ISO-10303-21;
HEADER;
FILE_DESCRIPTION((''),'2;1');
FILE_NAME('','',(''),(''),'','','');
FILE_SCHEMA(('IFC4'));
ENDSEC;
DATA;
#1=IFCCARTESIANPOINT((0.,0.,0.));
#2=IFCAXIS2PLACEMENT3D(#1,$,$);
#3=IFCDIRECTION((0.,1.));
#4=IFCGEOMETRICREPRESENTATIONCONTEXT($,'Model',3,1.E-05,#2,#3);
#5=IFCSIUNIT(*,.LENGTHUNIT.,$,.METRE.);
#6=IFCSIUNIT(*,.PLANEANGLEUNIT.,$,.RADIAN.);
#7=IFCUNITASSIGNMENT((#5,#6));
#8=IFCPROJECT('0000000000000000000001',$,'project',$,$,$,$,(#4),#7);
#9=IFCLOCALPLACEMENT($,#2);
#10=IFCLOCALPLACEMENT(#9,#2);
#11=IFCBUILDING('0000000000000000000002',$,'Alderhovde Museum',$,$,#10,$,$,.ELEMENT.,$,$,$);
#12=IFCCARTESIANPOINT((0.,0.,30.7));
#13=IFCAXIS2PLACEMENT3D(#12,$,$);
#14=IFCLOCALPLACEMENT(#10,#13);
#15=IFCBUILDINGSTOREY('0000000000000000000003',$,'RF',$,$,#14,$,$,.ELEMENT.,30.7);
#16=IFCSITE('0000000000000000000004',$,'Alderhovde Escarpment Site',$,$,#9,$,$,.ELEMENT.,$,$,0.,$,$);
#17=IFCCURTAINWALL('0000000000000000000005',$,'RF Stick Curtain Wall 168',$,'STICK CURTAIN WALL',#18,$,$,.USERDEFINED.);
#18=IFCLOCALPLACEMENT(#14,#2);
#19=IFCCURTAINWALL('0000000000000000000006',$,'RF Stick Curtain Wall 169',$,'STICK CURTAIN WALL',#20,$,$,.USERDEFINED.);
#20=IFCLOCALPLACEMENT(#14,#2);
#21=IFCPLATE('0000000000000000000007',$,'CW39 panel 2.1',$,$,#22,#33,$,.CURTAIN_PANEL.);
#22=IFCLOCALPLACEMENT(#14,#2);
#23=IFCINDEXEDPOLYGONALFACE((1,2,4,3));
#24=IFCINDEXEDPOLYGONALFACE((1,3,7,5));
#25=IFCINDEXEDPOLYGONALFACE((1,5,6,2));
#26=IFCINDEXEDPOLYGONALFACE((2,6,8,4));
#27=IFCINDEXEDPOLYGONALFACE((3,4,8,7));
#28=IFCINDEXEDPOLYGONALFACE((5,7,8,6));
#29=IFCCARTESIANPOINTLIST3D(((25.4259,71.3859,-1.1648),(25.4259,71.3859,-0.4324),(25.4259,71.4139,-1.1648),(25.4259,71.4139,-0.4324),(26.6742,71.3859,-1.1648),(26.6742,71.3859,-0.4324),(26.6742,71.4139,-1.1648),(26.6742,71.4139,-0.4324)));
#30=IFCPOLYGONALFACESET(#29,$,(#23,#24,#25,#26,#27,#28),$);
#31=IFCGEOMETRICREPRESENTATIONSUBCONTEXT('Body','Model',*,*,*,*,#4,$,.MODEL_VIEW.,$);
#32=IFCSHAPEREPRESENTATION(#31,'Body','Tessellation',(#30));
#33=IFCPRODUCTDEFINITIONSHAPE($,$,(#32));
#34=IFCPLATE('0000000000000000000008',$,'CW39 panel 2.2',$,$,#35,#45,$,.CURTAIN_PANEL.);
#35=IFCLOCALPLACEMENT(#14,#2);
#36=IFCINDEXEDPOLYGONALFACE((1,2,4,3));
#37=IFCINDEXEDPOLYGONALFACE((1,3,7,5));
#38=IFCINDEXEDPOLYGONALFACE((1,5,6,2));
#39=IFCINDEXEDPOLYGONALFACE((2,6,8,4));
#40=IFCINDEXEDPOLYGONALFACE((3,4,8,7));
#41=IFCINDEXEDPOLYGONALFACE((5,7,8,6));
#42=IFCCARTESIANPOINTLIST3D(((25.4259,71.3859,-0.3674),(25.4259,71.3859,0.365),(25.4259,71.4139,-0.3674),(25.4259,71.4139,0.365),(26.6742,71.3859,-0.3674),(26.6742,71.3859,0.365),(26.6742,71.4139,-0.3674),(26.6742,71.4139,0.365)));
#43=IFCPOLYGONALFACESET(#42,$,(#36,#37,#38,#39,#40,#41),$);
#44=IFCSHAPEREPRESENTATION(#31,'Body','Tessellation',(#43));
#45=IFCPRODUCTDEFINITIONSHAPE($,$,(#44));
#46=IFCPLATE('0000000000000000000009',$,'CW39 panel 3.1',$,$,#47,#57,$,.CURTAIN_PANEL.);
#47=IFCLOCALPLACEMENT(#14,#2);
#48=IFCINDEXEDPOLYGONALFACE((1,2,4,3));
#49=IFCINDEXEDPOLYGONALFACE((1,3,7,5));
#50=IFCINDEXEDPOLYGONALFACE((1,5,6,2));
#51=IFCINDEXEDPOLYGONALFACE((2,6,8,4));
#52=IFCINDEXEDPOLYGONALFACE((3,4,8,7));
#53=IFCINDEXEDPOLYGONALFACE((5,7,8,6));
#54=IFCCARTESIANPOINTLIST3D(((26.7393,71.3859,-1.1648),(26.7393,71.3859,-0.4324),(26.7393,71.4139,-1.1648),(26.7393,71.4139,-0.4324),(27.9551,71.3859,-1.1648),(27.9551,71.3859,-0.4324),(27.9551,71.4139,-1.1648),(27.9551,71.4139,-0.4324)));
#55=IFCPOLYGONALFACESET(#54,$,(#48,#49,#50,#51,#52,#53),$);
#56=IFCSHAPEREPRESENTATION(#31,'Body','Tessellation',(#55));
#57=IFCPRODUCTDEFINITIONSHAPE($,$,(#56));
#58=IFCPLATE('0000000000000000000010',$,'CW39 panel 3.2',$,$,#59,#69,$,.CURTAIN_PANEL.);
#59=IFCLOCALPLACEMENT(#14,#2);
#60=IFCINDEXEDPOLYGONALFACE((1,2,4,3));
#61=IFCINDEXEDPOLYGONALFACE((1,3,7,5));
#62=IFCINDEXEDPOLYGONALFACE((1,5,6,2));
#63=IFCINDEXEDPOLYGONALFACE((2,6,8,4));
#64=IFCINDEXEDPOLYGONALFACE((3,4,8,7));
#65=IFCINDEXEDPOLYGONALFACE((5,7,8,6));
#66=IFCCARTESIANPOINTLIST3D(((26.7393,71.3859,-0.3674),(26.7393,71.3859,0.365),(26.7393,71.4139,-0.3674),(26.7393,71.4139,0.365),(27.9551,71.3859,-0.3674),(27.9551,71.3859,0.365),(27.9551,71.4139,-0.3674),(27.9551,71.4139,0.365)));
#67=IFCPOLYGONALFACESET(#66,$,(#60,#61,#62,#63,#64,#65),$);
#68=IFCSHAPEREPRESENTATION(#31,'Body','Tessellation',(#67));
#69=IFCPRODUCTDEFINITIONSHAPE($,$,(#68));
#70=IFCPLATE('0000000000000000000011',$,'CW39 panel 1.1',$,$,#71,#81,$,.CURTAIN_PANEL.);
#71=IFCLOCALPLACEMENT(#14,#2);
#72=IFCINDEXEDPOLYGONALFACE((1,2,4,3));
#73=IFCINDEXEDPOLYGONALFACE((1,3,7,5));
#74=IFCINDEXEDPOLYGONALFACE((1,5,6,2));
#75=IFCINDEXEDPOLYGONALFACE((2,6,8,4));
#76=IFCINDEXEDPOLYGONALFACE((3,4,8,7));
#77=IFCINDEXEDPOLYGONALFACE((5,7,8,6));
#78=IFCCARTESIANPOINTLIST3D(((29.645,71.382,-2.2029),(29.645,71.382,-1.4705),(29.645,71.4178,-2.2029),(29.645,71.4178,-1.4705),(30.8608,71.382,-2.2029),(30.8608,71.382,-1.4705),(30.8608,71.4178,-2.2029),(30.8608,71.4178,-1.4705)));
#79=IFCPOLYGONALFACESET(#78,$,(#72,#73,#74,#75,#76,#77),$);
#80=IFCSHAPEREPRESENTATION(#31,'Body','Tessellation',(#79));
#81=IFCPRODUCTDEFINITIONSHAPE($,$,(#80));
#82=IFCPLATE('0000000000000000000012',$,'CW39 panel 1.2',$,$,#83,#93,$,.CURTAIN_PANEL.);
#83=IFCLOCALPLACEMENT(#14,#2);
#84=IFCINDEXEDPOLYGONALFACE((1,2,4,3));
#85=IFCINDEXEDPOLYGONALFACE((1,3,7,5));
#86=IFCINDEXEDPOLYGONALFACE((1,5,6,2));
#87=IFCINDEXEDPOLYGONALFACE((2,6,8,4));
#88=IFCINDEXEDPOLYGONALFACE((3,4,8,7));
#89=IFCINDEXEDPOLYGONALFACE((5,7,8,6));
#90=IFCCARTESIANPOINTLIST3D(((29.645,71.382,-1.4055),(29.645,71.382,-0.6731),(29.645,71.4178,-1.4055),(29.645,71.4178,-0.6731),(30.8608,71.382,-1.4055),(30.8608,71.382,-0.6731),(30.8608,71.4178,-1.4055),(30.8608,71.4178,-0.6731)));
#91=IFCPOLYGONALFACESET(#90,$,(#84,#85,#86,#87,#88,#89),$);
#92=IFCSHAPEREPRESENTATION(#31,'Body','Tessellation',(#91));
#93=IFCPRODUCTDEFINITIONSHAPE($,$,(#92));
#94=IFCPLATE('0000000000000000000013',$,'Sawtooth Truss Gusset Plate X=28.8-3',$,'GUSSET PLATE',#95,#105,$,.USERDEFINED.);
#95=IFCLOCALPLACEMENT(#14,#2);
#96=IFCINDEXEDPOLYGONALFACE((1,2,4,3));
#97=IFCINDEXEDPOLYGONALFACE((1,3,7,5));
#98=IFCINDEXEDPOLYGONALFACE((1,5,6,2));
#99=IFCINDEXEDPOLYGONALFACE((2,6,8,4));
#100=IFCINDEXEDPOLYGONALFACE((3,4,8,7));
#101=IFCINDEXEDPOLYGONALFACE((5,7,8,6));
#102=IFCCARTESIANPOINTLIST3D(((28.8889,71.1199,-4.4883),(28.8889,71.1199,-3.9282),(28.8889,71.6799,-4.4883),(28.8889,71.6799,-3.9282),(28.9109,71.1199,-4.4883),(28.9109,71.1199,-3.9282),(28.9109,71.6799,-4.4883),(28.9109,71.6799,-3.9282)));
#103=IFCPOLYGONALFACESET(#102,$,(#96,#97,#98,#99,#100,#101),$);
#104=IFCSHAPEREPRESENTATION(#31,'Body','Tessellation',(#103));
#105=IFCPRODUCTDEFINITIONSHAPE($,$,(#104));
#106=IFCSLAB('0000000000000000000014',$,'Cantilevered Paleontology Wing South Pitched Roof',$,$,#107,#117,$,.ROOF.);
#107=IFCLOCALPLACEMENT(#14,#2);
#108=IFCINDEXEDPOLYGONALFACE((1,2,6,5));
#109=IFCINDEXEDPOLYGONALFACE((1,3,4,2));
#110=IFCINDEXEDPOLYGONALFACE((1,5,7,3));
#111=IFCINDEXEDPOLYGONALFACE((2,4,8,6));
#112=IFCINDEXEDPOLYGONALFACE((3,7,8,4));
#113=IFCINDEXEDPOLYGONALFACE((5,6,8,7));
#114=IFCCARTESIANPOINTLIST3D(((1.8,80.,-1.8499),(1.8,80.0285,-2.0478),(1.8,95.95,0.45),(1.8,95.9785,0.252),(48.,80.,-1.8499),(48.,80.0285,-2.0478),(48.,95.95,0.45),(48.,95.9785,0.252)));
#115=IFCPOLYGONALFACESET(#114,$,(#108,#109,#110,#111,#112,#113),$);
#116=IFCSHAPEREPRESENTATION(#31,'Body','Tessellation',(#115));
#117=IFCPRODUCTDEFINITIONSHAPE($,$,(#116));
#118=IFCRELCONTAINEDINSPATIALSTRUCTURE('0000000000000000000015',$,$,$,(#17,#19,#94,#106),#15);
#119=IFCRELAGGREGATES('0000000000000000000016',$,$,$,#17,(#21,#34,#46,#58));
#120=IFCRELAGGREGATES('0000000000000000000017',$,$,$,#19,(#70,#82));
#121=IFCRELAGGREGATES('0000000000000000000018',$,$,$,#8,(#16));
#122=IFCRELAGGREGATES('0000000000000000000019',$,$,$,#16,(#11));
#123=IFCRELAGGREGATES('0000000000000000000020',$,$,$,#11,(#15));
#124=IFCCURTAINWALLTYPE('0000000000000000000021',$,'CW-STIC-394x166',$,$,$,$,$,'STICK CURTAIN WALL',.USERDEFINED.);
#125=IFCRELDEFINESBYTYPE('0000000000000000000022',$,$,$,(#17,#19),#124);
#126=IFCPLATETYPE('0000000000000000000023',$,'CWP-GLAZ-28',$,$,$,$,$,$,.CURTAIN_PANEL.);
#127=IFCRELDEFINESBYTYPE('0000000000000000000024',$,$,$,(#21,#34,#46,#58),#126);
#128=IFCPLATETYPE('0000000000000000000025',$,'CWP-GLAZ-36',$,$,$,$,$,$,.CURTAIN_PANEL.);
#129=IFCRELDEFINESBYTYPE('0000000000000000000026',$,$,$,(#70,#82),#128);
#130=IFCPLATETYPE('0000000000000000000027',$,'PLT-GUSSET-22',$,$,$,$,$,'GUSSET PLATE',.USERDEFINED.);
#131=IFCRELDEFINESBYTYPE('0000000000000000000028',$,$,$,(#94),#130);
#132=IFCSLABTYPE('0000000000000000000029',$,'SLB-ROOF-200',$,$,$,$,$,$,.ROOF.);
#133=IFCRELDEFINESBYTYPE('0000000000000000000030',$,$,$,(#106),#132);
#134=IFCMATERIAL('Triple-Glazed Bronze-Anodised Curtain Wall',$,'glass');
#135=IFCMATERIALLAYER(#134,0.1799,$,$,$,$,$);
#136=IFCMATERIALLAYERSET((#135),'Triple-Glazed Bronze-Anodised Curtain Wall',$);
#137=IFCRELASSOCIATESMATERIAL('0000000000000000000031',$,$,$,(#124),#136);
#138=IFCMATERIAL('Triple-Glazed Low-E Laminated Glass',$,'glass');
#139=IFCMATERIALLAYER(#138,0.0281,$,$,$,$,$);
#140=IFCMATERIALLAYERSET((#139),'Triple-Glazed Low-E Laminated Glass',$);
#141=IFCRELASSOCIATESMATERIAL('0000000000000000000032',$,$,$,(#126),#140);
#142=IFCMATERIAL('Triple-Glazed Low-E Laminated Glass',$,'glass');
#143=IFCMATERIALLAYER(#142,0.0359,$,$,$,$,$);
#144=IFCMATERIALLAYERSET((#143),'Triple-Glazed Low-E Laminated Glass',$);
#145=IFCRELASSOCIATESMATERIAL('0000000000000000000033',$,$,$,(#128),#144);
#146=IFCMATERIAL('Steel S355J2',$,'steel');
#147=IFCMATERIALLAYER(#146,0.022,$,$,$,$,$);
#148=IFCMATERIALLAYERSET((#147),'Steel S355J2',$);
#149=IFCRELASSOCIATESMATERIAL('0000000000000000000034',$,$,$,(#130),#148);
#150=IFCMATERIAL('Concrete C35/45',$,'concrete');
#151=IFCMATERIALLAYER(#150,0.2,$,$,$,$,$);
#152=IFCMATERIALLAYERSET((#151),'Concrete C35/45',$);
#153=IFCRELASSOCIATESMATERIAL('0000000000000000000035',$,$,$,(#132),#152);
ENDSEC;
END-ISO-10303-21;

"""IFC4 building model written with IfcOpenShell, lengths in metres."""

from ifc_helpers import new_model, si_unit, direction, frame, origin, origin_2d, place, context, subcontext, project, spatial, polyline, rectangle, outline, extrude, material, layer, layer_set, type_object, element, aggregate, save


model = new_model("IFC4")

# Units and contexts
model_context = context("Model", 3, precision=1e-05, world=origin(), true_north=direction((0.0, 1.0)))
body_context = subcontext(model_context, "Body", "Model", "MODEL_VIEW")
ifc_project = project(units=[si_unit("LENGTHUNIT", "METRE"), si_unit("PLANEANGLEUNIT", "RADIAN")], contexts=[model_context])

# Site, building, storey
site_placement = place(None, origin())
site = spatial("IfcSite", under=ifc_project, at=site_placement, Name="Alderhovde Escarpment Site", CompositionType="ELEMENT", RefElevation=0.0)
building_placement = place(site_placement, origin())
building = spatial("IfcBuilding", under=site, at=building_placement, Name="Alderhovde Museum", CompositionType="ELEMENT")
storey_placement = place(building_placement, frame((0.0, 0.0, 30.7)))
storey = spatial("IfcBuildingStorey", under=building, at=storey_placement, Name="RF", CompositionType="ELEMENT", Elevation=30.7)

# Curtain walls
ifc_material_1 = material(Name="Triple-Glazed Bronze-Anodised Curtain Wall", Category="glass")
ifc_layer_1 = layer(ifc_material_1, 0.1799)
ifc_layer_set_1 = layer_set([ifc_layer_1], Name="Triple-Glazed Bronze-Anodised Curtain Wall")
curtain_wall_type = type_object("IfcCurtainWallType", Name="CW-STIC-394x166", ElementType="STICK CURTAIN WALL", PredefinedType="USERDEFINED", material=ifc_layer_set_1)
curtain_wall_1_placement = place(storey_placement, origin())
curtain_wall_1 = element("IfcCurtainWall", 1, at=curtain_wall_1_placement, inside=storey, type_object=curtain_wall_type, Name="RF Stick Curtain Wall 168", ObjectType="STICK CURTAIN WALL", PredefinedType="USERDEFINED")
curtain_wall_2_placement = place(storey_placement, origin())
curtain_wall_2 = element("IfcCurtainWall", 2, at=curtain_wall_2_placement, inside=storey, type_object=curtain_wall_type, Name="RF Stick Curtain Wall 169", ObjectType="STICK CURTAIN WALL", PredefinedType="USERDEFINED")

# Plates
ifc_material_2 = material(Name="Triple-Glazed Low-E Laminated Glass", Category="glass")
ifc_layer_2 = layer(ifc_material_2, 0.0281)
ifc_layer_set_2 = layer_set([ifc_layer_2], Name="Triple-Glazed Low-E Laminated Glass")
plate_type_1 = type_object("IfcPlateType", Name="CWP-GLAZ-28", PredefinedType="CURTAIN_PANEL", material=ifc_layer_set_2)
plate_1_placement = place(storey_placement, frame((26.05, 71.3999, -1.1648), z_axis=(0.0, 0.0, 1.0), x_axis=(1.0, 0.0, 0.0)))
plate_1 = element("IfcPlate", 3, at=plate_1_placement, type_object=plate_type_1, Name="CW39 panel 2.1", PredefinedType="CURTAIN_PANEL", context=body_context, shape_type="SweptSolid", body=[
    extrude(rectangle(XDim=1.2483, YDim=0.0281, at=origin_2d()), origin(), (0.0, 0.0, 1.0), 0.7324),
])
plate_2_placement = place(storey_placement, frame((26.05, 71.3999, -0.3674), z_axis=(0.0, 0.0, 1.0), x_axis=(1.0, 0.0, 0.0)))
plate_2 = element("IfcPlate", 4, at=plate_2_placement, type_object=plate_type_1, Name="CW39 panel 2.2", PredefinedType="CURTAIN_PANEL", context=body_context, shape_type="SweptSolid", body=[
    extrude(rectangle(XDim=1.2483, YDim=0.0281, at=origin_2d()), origin(), (0.0, 0.0, 1.0), 0.7324),
])
plate_3_placement = place(storey_placement, frame((27.3472, 71.3999, -1.1648), z_axis=(0.0, 0.0, 1.0), x_axis=(1.0, 0.0, 0.0)))
plate_3 = element("IfcPlate", 5, at=plate_3_placement, type_object=plate_type_1, Name="CW39 panel 3.1", PredefinedType="CURTAIN_PANEL", context=body_context, shape_type="SweptSolid", body=[
    extrude(rectangle(XDim=1.2158, YDim=0.0281, at=origin_2d()), origin(), (0.0, 0.0, 1.0), 0.7324),
])
plate_4_placement = place(storey_placement, frame((27.3472, 71.3999, -0.3674), z_axis=(0.0, 0.0, 1.0), x_axis=(1.0, 0.0, 0.0)))
plate_4 = element("IfcPlate", 6, at=plate_4_placement, type_object=plate_type_1, Name="CW39 panel 3.2", PredefinedType="CURTAIN_PANEL", context=body_context, shape_type="SweptSolid", body=[
    extrude(rectangle(XDim=1.2158, YDim=0.0281, at=origin_2d()), origin(), (0.0, 0.0, 1.0), 0.7324),
])
aggregate(curtain_wall_1, [plate_1, plate_2, plate_3, plate_4])
ifc_material_3 = material(Name="Triple-Glazed Low-E Laminated Glass", Category="glass")
ifc_layer_3 = layer(ifc_material_3, 0.0359)
ifc_layer_set_3 = layer_set([ifc_layer_3], Name="Triple-Glazed Low-E Laminated Glass")
plate_type_2 = type_object("IfcPlateType", Name="CWP-GLAZ-36", PredefinedType="CURTAIN_PANEL", material=ifc_layer_set_3)
plate_5_placement = place(storey_placement, frame((30.2529, 71.3999, -2.2029), z_axis=(0.0, 0.0, 1.0), x_axis=(1.0, 0.0, 0.0)))
plate_5 = element("IfcPlate", 7, at=plate_5_placement, type_object=plate_type_2, Name="CW39 panel 1.1", PredefinedType="CURTAIN_PANEL", context=body_context, shape_type="SweptSolid", body=[
    extrude(rectangle(XDim=1.2158, YDim=0.0359, at=origin_2d()), origin(), (0.0, 0.0, 1.0), 0.7324),
])
plate_6_placement = place(storey_placement, frame((30.2529, 71.3999, -1.4055), z_axis=(0.0, 0.0, 1.0), x_axis=(1.0, 0.0, 0.0)))
plate_6 = element("IfcPlate", 8, at=plate_6_placement, type_object=plate_type_2, Name="CW39 panel 1.2", PredefinedType="CURTAIN_PANEL", context=body_context, shape_type="SweptSolid", body=[
    extrude(rectangle(XDim=1.2158, YDim=0.0359, at=origin_2d()), origin(), (0.0, 0.0, 1.0), 0.7324),
])
aggregate(curtain_wall_2, [plate_5, plate_6])
ifc_material_4 = material(Name="Steel S355J2", Category="steel")
ifc_layer_4 = layer(ifc_material_4, 0.022)
ifc_layer_set_4 = layer_set([ifc_layer_4], Name="Steel S355J2")
plate_type_3 = type_object("IfcPlateType", Name="PLT-GUSSET-22", ElementType="GUSSET PLATE", PredefinedType="USERDEFINED", material=ifc_layer_set_4)
plate_7_placement = place(storey_placement, frame((28.8999, 71.3999, -4.4883), z_axis=(0.0, 0.0, 1.0), x_axis=(1.0, 0.0, 0.0)))
element("IfcPlate", 9, at=plate_7_placement, inside=storey, type_object=plate_type_3, Name="Sawtooth Truss Gusset Plate X=28.8-3", ObjectType="GUSSET PLATE", PredefinedType="USERDEFINED", context=body_context, shape_type="SweptSolid", body=[
    extrude(rectangle(XDim=0.022, YDim=0.5601, at=origin_2d()), origin(), (0.0, 0.0, 1.0), 0.5601),
])

# Slab
ifc_material_5 = material(Name="Concrete C35/45", Category="concrete")
ifc_layer_5 = layer(ifc_material_5, 0.2)
ifc_layer_set_5 = layer_set([ifc_layer_5], Name="Concrete C35/45")
slab_type = type_object("IfcSlabType", Name="SLB-ROOF-200", PredefinedType="ROOF", material=ifc_layer_set_5)
slab_placement = place(storey_placement, frame((1.8, 80.0, -1.8499), z_axis=(0.0, -0.142713, 0.989764), x_axis=(1.0, 0.0, 0.0)))
element("IfcSlab", 10, at=slab_placement, inside=storey, type_object=slab_type, Name="Cantilevered Paleontology Wing South Pitched Roof", PredefinedType="ROOF", context=body_context, shape_type="SweptSolid", body=[
    extrude(outline(polyline([(0.0, 0.0), (46.2, 0.0), (46.2, 16.1149), (0.0, 16.1149), (0.0, 0.0)])), origin(), (0.0, 0.0, -1.0), 0.2),
])

save(model, "model.ifc")
